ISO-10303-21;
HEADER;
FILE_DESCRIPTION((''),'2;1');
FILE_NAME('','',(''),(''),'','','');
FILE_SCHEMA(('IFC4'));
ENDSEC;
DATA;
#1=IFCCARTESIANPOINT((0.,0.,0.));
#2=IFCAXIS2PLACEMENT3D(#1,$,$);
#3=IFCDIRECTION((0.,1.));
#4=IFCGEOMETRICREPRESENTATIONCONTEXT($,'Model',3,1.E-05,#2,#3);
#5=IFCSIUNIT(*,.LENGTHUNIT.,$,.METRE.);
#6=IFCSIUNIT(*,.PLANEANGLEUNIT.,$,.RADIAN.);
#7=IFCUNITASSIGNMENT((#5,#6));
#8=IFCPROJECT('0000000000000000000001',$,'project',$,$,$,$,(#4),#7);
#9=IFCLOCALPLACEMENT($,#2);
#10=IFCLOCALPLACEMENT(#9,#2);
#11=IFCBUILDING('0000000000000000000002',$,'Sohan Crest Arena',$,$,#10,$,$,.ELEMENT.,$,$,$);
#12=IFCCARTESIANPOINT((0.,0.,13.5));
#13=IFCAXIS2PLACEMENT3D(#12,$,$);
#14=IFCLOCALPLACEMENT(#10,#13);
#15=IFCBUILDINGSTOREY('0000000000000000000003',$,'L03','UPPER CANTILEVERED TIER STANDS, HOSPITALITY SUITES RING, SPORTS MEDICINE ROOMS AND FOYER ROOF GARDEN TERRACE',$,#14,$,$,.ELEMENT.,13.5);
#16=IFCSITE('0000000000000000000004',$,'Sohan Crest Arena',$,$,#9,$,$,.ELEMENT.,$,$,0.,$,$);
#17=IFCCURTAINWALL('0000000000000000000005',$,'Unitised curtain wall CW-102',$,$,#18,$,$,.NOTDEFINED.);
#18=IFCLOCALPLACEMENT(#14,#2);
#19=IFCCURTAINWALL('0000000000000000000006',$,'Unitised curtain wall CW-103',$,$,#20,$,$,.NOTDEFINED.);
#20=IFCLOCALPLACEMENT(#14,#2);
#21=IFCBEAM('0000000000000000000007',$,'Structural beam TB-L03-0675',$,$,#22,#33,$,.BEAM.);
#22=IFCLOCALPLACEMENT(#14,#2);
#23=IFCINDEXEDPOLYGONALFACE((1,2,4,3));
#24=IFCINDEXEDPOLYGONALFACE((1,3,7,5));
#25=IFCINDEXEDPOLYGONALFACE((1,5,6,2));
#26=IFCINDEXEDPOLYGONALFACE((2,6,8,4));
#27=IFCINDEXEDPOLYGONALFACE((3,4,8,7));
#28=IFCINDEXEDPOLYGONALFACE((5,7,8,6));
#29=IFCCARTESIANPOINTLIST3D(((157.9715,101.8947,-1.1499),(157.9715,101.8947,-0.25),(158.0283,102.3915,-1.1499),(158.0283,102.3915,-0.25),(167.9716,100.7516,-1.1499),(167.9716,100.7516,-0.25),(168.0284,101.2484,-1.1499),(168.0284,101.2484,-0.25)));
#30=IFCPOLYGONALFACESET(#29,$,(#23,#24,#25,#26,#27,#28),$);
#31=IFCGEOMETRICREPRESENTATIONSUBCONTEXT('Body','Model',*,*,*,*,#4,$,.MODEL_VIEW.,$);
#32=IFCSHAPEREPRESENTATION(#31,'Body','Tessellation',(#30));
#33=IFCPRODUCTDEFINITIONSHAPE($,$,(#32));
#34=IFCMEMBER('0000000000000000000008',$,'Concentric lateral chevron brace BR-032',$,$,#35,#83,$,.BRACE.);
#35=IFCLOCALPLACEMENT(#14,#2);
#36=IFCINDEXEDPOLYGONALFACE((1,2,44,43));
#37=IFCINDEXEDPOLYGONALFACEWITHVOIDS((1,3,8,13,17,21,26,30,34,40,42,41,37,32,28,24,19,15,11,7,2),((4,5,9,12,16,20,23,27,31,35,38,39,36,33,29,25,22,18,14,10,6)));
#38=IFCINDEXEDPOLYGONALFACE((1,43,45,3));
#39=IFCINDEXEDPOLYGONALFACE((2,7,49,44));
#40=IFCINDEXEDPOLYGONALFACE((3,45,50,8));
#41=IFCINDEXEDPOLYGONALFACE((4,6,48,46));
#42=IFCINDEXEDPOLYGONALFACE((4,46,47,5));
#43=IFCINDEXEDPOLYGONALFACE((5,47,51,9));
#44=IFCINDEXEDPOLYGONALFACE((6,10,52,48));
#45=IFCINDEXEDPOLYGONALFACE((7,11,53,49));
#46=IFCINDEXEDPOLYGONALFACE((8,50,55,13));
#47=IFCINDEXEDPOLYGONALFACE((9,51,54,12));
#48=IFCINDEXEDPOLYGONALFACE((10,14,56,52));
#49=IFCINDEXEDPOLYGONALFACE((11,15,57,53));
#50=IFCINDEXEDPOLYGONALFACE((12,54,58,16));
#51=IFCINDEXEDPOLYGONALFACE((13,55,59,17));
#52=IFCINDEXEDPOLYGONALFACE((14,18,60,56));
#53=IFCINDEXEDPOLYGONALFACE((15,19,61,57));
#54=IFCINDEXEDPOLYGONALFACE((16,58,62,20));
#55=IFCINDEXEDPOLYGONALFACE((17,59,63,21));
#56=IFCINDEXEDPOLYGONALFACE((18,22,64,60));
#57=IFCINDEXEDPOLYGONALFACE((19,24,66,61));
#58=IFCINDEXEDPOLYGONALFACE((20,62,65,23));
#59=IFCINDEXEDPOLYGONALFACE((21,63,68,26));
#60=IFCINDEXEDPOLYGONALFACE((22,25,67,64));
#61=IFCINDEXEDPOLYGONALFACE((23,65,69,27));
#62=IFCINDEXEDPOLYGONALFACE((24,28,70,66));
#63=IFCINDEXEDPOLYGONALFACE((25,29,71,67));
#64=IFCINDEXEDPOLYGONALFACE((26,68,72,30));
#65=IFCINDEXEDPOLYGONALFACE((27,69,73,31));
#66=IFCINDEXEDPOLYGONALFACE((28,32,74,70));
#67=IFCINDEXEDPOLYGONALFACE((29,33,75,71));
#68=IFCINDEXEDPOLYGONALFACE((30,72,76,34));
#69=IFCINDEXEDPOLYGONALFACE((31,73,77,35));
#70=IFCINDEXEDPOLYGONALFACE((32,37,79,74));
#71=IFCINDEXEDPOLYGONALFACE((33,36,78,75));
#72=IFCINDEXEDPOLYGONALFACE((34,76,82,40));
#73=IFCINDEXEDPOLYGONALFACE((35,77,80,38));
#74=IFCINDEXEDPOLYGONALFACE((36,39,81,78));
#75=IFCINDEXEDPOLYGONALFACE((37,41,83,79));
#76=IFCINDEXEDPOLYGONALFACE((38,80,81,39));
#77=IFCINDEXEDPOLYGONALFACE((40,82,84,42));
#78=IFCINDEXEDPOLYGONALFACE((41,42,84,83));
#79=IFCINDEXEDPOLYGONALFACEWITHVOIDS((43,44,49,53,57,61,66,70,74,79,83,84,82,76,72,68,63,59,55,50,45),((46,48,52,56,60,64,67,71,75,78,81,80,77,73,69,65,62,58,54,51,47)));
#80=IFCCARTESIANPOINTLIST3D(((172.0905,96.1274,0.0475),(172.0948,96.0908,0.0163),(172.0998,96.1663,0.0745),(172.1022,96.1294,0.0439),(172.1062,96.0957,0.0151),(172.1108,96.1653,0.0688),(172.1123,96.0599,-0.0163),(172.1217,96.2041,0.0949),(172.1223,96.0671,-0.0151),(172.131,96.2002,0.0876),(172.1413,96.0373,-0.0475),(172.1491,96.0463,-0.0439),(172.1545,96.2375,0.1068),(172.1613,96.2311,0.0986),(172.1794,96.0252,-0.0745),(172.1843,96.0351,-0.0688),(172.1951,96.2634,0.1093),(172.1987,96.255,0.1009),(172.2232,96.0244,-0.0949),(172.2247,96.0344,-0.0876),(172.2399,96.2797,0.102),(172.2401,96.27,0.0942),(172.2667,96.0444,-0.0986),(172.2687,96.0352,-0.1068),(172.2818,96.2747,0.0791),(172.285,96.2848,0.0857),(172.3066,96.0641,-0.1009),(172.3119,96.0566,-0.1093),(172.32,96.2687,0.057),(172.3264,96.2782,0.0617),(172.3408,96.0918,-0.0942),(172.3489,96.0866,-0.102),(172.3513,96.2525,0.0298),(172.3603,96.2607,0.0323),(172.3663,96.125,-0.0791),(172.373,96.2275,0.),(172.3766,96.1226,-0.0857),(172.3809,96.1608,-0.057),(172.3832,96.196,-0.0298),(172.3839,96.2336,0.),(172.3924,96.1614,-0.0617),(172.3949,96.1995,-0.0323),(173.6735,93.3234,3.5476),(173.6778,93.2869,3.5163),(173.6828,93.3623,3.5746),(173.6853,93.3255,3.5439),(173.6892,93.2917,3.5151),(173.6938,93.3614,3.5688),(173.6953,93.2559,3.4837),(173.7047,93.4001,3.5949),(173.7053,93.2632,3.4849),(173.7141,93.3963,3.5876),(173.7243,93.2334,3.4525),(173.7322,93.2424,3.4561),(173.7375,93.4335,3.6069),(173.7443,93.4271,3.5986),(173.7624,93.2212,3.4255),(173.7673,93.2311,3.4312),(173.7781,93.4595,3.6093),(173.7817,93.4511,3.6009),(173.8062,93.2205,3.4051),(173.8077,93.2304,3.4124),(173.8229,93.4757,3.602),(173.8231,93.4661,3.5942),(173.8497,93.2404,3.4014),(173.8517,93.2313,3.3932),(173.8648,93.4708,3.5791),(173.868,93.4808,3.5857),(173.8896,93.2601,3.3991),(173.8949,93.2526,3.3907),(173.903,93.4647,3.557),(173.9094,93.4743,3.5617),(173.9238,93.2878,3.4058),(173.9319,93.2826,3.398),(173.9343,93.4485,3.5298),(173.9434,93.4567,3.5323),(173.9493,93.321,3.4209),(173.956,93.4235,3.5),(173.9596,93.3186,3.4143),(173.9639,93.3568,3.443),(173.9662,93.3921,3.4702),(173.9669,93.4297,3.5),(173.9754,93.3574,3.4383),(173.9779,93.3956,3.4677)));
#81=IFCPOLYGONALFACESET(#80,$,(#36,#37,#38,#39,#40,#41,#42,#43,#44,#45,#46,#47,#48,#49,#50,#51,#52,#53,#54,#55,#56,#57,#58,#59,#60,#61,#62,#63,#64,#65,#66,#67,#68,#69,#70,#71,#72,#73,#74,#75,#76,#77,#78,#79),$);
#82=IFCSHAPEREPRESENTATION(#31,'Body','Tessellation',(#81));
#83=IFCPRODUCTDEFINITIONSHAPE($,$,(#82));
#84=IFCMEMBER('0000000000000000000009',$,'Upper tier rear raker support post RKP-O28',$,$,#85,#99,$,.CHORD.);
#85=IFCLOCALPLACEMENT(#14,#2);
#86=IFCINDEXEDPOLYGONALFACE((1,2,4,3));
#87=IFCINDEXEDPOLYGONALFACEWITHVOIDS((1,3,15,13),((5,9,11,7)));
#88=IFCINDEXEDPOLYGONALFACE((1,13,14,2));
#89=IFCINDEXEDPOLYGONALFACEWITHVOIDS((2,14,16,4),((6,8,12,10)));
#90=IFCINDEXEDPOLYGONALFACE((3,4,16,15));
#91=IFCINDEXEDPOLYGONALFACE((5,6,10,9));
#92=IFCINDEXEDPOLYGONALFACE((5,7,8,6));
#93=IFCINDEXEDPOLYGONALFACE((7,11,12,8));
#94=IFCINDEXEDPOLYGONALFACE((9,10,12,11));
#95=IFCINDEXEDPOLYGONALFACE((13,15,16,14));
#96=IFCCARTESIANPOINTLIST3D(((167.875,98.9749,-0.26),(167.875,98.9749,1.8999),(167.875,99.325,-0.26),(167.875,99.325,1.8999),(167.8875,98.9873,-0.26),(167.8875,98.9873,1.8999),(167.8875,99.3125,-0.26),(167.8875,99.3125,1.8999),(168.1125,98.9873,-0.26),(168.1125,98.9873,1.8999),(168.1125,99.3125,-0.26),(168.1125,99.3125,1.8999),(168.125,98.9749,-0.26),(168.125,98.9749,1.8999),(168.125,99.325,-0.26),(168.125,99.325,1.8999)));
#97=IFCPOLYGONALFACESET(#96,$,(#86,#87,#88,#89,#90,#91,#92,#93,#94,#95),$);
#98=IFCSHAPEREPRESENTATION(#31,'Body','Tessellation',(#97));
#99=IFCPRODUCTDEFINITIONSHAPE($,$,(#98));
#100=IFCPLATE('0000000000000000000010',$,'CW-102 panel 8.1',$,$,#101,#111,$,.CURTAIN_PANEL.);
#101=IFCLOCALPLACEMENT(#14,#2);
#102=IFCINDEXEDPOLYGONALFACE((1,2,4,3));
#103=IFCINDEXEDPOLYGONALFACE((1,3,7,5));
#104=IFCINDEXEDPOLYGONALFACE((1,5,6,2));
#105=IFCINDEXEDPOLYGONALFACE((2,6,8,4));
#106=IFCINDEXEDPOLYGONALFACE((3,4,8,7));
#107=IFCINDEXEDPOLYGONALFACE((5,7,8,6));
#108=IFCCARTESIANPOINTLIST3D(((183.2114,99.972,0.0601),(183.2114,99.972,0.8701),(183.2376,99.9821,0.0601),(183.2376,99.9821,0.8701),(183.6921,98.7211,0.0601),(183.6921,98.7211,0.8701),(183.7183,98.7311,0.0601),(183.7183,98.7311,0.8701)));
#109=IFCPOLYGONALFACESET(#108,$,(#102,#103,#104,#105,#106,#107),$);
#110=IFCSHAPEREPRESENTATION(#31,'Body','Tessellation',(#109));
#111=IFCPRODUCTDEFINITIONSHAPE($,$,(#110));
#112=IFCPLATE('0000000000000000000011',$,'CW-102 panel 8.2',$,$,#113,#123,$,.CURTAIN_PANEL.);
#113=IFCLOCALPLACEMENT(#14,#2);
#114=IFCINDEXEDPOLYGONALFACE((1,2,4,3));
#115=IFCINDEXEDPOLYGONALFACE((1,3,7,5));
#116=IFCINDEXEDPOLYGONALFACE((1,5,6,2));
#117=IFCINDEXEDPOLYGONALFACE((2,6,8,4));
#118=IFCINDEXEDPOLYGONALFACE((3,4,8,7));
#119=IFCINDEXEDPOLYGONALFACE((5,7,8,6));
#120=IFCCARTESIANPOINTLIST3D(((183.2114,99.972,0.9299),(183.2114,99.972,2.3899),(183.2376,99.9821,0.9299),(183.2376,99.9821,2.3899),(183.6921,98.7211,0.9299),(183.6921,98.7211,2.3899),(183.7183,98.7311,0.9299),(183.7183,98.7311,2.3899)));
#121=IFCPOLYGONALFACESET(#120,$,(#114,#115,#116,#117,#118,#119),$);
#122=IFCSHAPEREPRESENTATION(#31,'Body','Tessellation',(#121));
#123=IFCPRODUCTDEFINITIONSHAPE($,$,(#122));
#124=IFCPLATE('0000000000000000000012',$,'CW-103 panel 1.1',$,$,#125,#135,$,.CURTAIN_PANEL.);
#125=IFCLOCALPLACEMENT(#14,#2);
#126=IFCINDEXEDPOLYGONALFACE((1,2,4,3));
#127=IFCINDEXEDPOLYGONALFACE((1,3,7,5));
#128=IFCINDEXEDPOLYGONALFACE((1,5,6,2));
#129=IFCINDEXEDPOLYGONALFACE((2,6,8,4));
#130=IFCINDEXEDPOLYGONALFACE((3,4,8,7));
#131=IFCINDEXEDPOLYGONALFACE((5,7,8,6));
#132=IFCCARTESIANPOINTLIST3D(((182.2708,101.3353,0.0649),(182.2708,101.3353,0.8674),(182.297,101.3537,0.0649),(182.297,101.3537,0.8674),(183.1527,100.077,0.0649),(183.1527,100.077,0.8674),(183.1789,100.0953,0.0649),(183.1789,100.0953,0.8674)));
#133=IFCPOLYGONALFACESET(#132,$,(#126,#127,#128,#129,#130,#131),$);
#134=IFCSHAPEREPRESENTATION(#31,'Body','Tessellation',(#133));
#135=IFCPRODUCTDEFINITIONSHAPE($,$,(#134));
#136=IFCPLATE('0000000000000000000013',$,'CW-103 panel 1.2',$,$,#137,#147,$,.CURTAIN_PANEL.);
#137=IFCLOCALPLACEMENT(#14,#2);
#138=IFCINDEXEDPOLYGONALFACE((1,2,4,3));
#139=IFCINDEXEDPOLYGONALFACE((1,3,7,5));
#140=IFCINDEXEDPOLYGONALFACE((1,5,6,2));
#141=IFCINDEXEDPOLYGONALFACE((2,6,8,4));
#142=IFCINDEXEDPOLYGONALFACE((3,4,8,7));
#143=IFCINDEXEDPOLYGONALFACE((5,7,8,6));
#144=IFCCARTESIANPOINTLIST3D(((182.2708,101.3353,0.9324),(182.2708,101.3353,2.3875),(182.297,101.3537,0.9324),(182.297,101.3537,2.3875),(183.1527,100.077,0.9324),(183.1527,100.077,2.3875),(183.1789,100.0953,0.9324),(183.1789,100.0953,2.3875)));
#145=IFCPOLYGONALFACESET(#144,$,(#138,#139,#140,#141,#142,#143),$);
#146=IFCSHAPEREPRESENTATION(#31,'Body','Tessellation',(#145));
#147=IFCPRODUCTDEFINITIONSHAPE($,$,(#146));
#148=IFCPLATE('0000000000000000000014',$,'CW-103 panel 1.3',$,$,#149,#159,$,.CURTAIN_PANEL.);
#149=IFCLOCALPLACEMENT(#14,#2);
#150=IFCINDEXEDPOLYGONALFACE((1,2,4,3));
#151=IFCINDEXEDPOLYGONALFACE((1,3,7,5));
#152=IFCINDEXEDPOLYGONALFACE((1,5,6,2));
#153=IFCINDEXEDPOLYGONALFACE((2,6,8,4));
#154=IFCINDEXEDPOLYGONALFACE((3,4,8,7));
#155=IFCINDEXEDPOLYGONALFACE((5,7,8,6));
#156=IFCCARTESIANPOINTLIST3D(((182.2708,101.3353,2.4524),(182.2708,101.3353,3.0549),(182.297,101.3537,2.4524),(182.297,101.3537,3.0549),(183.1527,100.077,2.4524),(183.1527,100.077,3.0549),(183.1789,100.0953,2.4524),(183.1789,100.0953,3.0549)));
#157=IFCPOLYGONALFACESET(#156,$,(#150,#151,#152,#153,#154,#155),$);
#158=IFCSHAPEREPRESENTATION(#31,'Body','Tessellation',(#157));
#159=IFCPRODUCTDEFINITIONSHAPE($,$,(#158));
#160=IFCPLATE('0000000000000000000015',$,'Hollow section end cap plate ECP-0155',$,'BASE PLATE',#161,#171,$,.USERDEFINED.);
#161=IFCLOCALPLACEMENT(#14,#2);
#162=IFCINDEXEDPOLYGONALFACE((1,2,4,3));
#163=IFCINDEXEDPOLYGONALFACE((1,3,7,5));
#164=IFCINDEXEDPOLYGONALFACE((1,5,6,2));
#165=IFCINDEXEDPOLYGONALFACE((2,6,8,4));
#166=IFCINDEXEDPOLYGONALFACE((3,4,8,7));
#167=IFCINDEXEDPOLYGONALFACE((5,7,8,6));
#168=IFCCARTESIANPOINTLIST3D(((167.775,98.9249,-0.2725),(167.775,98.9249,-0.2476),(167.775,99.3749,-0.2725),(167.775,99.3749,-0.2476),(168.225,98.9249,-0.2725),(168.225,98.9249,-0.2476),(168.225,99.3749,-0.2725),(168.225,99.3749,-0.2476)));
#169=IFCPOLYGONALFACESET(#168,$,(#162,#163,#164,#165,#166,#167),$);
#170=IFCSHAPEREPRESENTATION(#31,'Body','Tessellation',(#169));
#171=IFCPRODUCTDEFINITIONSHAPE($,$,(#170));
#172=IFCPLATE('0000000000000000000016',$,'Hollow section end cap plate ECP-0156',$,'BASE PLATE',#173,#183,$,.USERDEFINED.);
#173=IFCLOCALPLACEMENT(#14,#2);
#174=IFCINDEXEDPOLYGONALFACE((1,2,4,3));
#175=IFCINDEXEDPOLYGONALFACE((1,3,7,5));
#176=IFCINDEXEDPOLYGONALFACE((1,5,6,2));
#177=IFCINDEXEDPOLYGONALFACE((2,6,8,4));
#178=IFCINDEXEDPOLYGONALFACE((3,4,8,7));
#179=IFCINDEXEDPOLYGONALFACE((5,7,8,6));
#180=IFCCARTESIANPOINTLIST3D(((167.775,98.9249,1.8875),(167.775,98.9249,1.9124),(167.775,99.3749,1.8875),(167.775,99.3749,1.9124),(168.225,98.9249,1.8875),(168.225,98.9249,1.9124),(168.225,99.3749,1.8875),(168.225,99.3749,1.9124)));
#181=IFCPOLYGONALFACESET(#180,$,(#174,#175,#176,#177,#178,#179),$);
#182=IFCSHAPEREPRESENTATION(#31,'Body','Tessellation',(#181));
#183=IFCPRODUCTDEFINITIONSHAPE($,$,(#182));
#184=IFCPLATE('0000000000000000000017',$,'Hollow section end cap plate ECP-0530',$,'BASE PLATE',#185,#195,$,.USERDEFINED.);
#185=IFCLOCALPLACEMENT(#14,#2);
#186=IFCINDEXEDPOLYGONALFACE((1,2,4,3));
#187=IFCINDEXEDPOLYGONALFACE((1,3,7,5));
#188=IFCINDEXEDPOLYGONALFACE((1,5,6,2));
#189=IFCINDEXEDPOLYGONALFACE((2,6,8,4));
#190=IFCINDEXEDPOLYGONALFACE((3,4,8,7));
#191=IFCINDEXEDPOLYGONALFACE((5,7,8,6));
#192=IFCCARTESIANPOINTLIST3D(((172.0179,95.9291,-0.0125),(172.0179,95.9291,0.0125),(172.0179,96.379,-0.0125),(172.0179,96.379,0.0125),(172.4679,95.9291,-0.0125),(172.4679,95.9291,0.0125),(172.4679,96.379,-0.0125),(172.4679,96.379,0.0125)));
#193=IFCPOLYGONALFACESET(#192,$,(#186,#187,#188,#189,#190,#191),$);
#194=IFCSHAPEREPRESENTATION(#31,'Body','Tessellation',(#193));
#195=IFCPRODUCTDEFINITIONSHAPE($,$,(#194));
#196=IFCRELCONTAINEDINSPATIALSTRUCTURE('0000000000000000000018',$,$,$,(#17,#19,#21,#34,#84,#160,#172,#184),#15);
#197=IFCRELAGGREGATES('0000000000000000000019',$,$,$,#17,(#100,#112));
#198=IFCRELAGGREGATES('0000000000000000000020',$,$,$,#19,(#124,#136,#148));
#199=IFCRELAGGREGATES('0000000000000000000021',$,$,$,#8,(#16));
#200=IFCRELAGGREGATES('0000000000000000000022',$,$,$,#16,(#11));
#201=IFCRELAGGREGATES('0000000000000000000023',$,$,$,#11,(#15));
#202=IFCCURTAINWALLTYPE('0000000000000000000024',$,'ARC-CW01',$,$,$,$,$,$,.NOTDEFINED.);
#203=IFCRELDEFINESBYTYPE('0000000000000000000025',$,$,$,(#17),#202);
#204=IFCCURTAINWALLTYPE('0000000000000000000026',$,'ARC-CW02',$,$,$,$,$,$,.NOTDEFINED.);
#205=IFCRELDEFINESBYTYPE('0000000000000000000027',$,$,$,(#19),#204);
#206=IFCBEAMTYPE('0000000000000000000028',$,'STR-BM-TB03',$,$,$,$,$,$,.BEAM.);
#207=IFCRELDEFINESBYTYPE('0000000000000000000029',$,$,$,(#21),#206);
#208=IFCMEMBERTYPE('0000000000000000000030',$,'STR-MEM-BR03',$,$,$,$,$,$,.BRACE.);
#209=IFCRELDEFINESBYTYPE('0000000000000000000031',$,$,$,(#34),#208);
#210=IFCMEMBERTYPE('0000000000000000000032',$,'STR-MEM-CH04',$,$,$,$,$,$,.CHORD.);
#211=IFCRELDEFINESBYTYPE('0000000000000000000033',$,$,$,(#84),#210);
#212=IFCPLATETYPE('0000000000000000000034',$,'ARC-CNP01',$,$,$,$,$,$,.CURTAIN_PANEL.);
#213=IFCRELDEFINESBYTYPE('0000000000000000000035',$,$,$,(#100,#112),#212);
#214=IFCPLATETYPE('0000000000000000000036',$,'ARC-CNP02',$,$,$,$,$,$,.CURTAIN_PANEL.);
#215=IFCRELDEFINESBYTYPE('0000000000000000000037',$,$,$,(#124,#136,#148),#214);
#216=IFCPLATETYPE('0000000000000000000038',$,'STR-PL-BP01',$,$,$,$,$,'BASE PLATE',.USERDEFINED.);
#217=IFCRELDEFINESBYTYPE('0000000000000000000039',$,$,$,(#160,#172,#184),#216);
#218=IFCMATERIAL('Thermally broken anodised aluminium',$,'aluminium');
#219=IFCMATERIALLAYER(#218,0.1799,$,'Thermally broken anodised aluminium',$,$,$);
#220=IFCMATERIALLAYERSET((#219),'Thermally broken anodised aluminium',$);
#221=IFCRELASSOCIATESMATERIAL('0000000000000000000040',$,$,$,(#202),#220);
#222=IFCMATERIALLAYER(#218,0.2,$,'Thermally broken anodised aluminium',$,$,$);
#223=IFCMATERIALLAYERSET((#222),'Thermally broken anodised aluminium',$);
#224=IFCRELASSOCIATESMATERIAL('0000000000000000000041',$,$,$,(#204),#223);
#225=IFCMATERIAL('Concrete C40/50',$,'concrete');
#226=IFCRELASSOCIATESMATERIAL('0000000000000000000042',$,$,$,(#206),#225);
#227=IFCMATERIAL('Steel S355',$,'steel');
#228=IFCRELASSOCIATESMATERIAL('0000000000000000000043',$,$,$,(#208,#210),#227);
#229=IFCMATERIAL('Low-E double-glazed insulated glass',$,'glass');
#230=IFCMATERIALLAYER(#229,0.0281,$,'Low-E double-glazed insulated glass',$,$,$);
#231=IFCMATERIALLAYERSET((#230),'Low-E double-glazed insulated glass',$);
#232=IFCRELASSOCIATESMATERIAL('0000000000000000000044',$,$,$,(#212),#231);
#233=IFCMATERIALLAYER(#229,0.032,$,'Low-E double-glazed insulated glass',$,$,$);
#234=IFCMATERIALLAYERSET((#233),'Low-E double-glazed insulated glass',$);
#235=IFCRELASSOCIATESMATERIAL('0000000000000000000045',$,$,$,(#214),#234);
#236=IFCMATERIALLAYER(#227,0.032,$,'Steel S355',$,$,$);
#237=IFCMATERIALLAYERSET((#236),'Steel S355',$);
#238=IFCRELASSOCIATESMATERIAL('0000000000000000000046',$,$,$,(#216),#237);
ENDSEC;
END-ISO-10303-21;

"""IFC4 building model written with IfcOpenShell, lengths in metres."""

from ifc_helpers import new_model, si_unit, direction, frame, origin, origin_2d, place, context, subcontext, project, spatial, rectangle, hollow_rectangle, hollow_circle, extrude, material, layer, layer_set, material_profile, profile_set, type_object, element, aggregate, save


model = new_model("IFC4")

# Units and contexts
model_context = context("Model", 3, precision=1e-05, world=origin(), true_north=direction((0.0, 1.0)))
body_context = subcontext(model_context, "Body", "Model", "MODEL_VIEW")
ifc_project = project(units=[si_unit("LENGTHUNIT", "METRE"), si_unit("PLANEANGLEUNIT", "RADIAN")], contexts=[model_context])

# Site, building, storey
site_placement = place(None, origin())
site = spatial("IfcSite", under=ifc_project, at=site_placement, Name="Sohan Crest Arena", CompositionType="ELEMENT", RefElevation=0.0)
building_placement = place(site_placement, origin())
building = spatial("IfcBuilding", under=site, at=building_placement, Name="Sohan Crest Arena", CompositionType="ELEMENT")
storey_placement = place(building_placement, frame((0.0, 0.0, 13.5)))
storey = spatial("IfcBuildingStorey", under=building, at=storey_placement, Name="L03", Description="UPPER CANTILEVERED TIER STANDS, HOSPITALITY SUITES RING, SPORTS MEDICINE ROOMS AND FOYER ROOF GARDEN TERRACE", CompositionType="ELEMENT", Elevation=13.5)

# Shared definitions
ifc_material_1 = material(Name="Concrete C40/50", Category="concrete")
ifc_material_2 = material(Name="Steel S355", Category="steel")

# Curtain wall
ifc_material_3 = material(Name="Thermally broken anodised aluminium", Category="aluminium")
ifc_layer_1 = layer(ifc_material_3, 0.1799, Name="Thermally broken anodised aluminium")
ifc_layer_set_1 = layer_set([ifc_layer_1], Name="Thermally broken anodised aluminium")
curtain_wall_type_1 = type_object("IfcCurtainWallType", Name="ARC-CW01", PredefinedType="NOTDEFINED", material=ifc_layer_set_1)
curtain_wall_1_placement = place(storey_placement, origin())
curtain_wall_1 = element("IfcCurtainWall", 1, at=curtain_wall_1_placement, inside=storey, type_object=curtain_wall_type_1, Name="Unitised curtain wall CW-102", PredefinedType="NOTDEFINED")

# Curtain wall
ifc_layer_2 = layer(ifc_material_3, 0.2, Name="Thermally broken anodised aluminium")
ifc_layer_set_2 = layer_set([ifc_layer_2], Name="Thermally broken anodised aluminium")
curtain_wall_type_2 = type_object("IfcCurtainWallType", Name="ARC-CW02", PredefinedType="NOTDEFINED", material=ifc_layer_set_2)
curtain_wall_2_placement = place(storey_placement, origin())
curtain_wall_2 = element("IfcCurtainWall", 2, at=curtain_wall_2_placement, inside=storey, type_object=curtain_wall_type_2, Name="Unitised curtain wall CW-103", PredefinedType="NOTDEFINED")

# Beam
ifc_material_profile_1 = material_profile(ifc_material_1, rectangle(XDim=0.5, YDim=0.8999, at=origin_2d()), Name="RC-BM 500x900")
ifc_profile_set_1 = profile_set([ifc_material_profile_1], Name="Concrete C40/50")
beam_type_1 = type_object("IfcBeamType", Name="STR-BM-TB03", PredefinedType="BEAM", material=ifc_profile_set_1)
beam_1_placement = place(storey_placement, frame((168.0, 101.0, -0.7), z_axis=(-0.99353, 0.113567, 0.0), x_axis=(-0.113567, -0.99353, 0.0)))
element("IfcBeam", 3, at=beam_1_placement, inside=storey, type_object=beam_type_1, Name="Structural beam TB-L03-0675", PredefinedType="BEAM", context=body_context, shape_type="SweptSolid", body=[
    extrude(rectangle(XDim=0.5, YDim=0.8999, at=origin_2d()), origin(), (0.0, 0.0, 1.0), 10.0652),
])

# Members
ifc_material_profile_2 = material_profile(ifc_material_2, hollow_circle(Radius=0.1619, WallThickness=0.0125, at=origin_2d()), Name="CHS 323.9x12.5")
ifc_profile_set_2 = profile_set([ifc_material_profile_2], Name="Steel S355")
member_type_1 = type_object("IfcMemberType", Name="STR-MEM-BR03", PredefinedType="BRACE", material=ifc_profile_set_2)
member_1_placement = place(storey_placement, frame((172.2429, 96.1541, 0.0), z_axis=(0.332855, -0.589581, 0.735936), x_axis=(0.870807, 0.491625, 0.0)))
element("IfcMember", 4, at=member_1_placement, inside=storey, type_object=member_type_1, Name="Concentric lateral chevron brace BR-032", PredefinedType="BRACE", context=body_context, shape_type="SweptSolid", body=[
    extrude(hollow_circle(Radius=0.1619, WallThickness=0.0125, at=origin_2d()), origin(), (0.0, 0.0, 1.0), 4.7559),
])
ifc_material_profile_3 = material_profile(ifc_material_2, hollow_rectangle(XDim=0.25, YDim=0.3501, WallThickness=0.0125, at=origin_2d()), Name="RHS 350x250x12.5")
ifc_profile_set_3 = profile_set([ifc_material_profile_3], Name="Steel S355")
member_type_2 = type_object("IfcMemberType", Name="STR-MEM-CH04", PredefinedType="CHORD", material=ifc_profile_set_3)
member_2_placement = place(storey_placement, frame((168.0, 99.1499, -0.26), z_axis=(0.0, 0.0, 1.0), x_axis=(1.0, 0.0, 0.0)))
element("IfcMember", 5, at=member_2_placement, inside=storey, type_object=member_type_2, Name="Upper tier rear raker support post RKP-O28", PredefinedType="CHORD", context=body_context, shape_type="SweptSolid", body=[
    extrude(hollow_rectangle(XDim=0.25, YDim=0.3501, WallThickness=0.0125, at=origin_2d()), origin(), (0.0, 0.0, 1.0), 2.1599),
])

# Plates
ifc_material_4 = material(Name="Low-E double-glazed insulated glass", Category="glass")
ifc_layer_3 = layer(ifc_material_4, 0.0281, Name="Low-E double-glazed insulated glass")
ifc_layer_set_3 = layer_set([ifc_layer_3], Name="Low-E double-glazed insulated glass")
plate_type_1 = type_object("IfcPlateType", Name="ARC-CNP01", PredefinedType="CURTAIN_PANEL", material=ifc_layer_set_3)
plate_1_placement = place(storey_placement, frame((183.4648, 99.3516, 0.0601), z_axis=(0.0, 0.0, 1.0), x_axis=(-0.358651, 0.933472, 0.0)))
plate_1 = element("IfcPlate", 6, at=plate_1_placement, type_object=plate_type_1, Name="CW-102 panel 8.1", PredefinedType="CURTAIN_PANEL", context=body_context, shape_type="SweptSolid", body=[
    extrude(rectangle(XDim=1.3401, YDim=0.0281, at=origin_2d()), origin(), (0.0, 0.0, 1.0), 0.8101),
])
plate_2_placement = place(storey_placement, frame((183.4648, 99.3516, 0.9299), z_axis=(0.0, 0.0, 1.0), x_axis=(-0.358651, 0.933472, 0.0)))
plate_2 = element("IfcPlate", 7, at=plate_2_placement, type_object=plate_type_1, Name="CW-102 panel 8.2", PredefinedType="CURTAIN_PANEL", context=body_context, shape_type="SweptSolid", body=[
    extrude(rectangle(XDim=1.3401, YDim=0.0281, at=origin_2d()), origin(), (0.0, 0.0, 1.0), 1.46),
])
aggregate(curtain_wall_1, [plate_1, plate_2])
ifc_layer_4 = layer(ifc_material_4, 0.032, Name="Low-E double-glazed insulated glass")
ifc_layer_set_4 = layer_set([ifc_layer_4], Name="Low-E double-glazed insulated glass")
plate_type_2 = type_object("IfcPlateType", Name="ARC-CNP02", PredefinedType="CURTAIN_PANEL", material=ifc_layer_set_4)
plate_3_placement = place(storey_placement, frame((182.7249, 100.7153, 0.0649), z_axis=(0.0, 0.0, 1.0), x_axis=(-0.573938, 0.818899, 0.0)))
plate_3 = element("IfcPlate", 8, at=plate_3_placement, type_object=plate_type_2, Name="CW-103 panel 1.1", PredefinedType="CURTAIN_PANEL", context=body_context, shape_type="SweptSolid", body=[
    extrude(rectangle(XDim=1.5366, YDim=0.032, at=origin_2d()), origin(), (0.0, 0.0, 1.0), 0.8025),
])
plate_4_placement = place(storey_placement, frame((182.7249, 100.7153, 0.9324), z_axis=(0.0, 0.0, 1.0), x_axis=(-0.573938, 0.818899, 0.0)))
plate_4 = element("IfcPlate", 9, at=plate_4_placement, type_object=plate_type_2, Name="CW-103 panel 1.2", PredefinedType="CURTAIN_PANEL", context=body_context, shape_type="SweptSolid", body=[
    extrude(rectangle(XDim=1.5366, YDim=0.032, at=origin_2d()), origin(), (0.0, 0.0, 1.0), 1.4551),
])
plate_5_placement = place(storey_placement, frame((182.7249, 100.7153, 2.4524), z_axis=(0.0, 0.0, 1.0), x_axis=(-0.573938, 0.818899, 0.0)))
plate_5 = element("IfcPlate", 10, at=plate_5_placement, type_object=plate_type_2, Name="CW-103 panel 1.3", PredefinedType="CURTAIN_PANEL", context=body_context, shape_type="SweptSolid", body=[
    extrude(rectangle(XDim=1.5366, YDim=0.032, at=origin_2d()), origin(), (0.0, 0.0, 1.0), 0.6025),
])
aggregate(curtain_wall_2, [plate_3, plate_4, plate_5])

# Plates
ifc_layer_5 = layer(ifc_material_2, 0.032, Name="Steel S355")
ifc_layer_set_5 = layer_set([ifc_layer_5], Name="Steel S355")
plate_type_3 = type_object("IfcPlateType", Name="STR-PL-BP01", ElementType="BASE PLATE", PredefinedType="USERDEFINED", material=ifc_layer_set_5)
for number, where, z_axis, x_axis, name in (
    (11, (168.0, 99.1499, -0.2725), (0.0, 0.0, 1.0), (1.0, 0.0, 0.0), "Hollow section end cap plate ECP-0155"),
    (12, (168.0, 99.1499, 1.8875), (0.0, 0.0, 1.0), (1.0, 0.0, 0.0), "Hollow section end cap plate ECP-0156"),
    (13, (172.2429, 96.1541, -0.0125), (0.0, 0.0, 1.0), (1.0, 0.0, 0.0), "Hollow section end cap plate ECP-0530"),
):
    element("IfcPlate", number, at=place(storey_placement, frame(where, z_axis=z_axis, x_axis=x_axis)), inside=storey, type_object=plate_type_3, Name=name, ObjectType="BASE PLATE", PredefinedType="USERDEFINED", context=body_context, shape_type="SweptSolid", body=[
        extrude(rectangle(XDim=0.45, YDim=0.45, at=origin_2d()), origin(), (0.0, 0.0, 1.0), 0.0249),
    ])

save(model, "model.ifc")
